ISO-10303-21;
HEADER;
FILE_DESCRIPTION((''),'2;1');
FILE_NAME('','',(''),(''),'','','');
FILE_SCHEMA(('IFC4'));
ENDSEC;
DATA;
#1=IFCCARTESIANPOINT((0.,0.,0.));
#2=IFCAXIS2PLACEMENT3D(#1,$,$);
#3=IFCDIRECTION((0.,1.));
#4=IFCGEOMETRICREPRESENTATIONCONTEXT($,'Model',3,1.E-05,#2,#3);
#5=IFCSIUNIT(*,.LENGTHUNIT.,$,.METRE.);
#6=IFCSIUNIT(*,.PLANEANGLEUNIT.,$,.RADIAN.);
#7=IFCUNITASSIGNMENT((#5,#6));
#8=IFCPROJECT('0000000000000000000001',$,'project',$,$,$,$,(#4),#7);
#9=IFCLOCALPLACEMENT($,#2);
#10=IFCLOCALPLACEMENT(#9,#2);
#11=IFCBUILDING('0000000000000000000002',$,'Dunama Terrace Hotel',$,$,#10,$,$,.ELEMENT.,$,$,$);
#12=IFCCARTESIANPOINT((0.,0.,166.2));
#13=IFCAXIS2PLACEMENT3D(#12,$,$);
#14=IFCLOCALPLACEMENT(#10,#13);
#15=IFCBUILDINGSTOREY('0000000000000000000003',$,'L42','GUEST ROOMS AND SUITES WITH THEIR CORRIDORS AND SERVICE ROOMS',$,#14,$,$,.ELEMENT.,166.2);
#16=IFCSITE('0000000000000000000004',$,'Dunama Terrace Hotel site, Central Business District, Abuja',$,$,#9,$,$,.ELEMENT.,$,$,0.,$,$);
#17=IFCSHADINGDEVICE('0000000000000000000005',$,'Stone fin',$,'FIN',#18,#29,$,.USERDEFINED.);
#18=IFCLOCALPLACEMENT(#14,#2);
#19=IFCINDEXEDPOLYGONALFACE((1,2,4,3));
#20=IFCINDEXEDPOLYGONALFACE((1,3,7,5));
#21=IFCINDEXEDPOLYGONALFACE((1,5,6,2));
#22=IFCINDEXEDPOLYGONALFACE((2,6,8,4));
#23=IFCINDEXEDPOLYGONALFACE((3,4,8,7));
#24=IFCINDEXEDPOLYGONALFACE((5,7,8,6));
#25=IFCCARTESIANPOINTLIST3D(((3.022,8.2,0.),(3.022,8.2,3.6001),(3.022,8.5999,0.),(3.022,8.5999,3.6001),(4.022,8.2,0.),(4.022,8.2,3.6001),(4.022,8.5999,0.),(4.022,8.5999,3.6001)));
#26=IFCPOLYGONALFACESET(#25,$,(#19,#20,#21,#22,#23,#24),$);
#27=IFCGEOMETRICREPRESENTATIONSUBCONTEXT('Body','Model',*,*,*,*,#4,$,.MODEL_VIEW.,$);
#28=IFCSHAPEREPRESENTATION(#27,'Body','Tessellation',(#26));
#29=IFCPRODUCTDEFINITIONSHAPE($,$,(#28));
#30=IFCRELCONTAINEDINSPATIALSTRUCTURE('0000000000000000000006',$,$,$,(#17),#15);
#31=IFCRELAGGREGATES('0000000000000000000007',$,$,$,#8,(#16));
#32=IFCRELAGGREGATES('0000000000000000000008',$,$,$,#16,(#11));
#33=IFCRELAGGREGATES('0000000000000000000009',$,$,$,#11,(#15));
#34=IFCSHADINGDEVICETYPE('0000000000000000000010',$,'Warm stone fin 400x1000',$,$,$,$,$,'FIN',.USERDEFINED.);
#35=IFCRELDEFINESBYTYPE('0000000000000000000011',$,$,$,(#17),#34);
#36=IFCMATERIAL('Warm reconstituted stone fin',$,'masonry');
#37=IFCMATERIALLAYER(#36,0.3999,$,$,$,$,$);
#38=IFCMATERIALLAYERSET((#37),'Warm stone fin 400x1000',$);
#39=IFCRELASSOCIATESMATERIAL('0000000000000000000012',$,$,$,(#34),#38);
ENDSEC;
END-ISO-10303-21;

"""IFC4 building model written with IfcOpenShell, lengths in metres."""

from ifc_helpers import new_model, si_unit, direction, frame, origin, origin_2d, place, context, subcontext, project, spatial, rectangle, extrude, material, layer, layer_set, type_object, element, save


model = new_model("IFC4")

# Units and contexts
model_context = context("Model", 3, precision=1e-05, world=origin(), true_north=direction((0.0, 1.0)))
body_context = subcontext(model_context, "Body", "Model", "MODEL_VIEW")
ifc_project = project(units=[si_unit("LENGTHUNIT", "METRE"), si_unit("PLANEANGLEUNIT", "RADIAN")], contexts=[model_context])

# Site, building, storey
site_placement = place(None, origin())
site = spatial("IfcSite", under=ifc_project, at=site_placement, Name="Dunama Terrace Hotel site, Central Business District, Abuja", CompositionType="ELEMENT", RefElevation=0.0)
building_placement = place(site_placement, origin())
building = spatial("IfcBuilding", under=site, at=building_placement, Name="Dunama Terrace Hotel", CompositionType="ELEMENT")
storey_placement = place(building_placement, frame((0.0, 0.0, 166.2)))
storey = spatial("IfcBuildingStorey", under=building, at=storey_placement, Name="L42", Description="GUEST ROOMS AND SUITES WITH THEIR CORRIDORS AND SERVICE ROOMS", CompositionType="ELEMENT", Elevation=166.2)

# Shading device
ifc_material_1 = material(Name="Warm reconstituted stone fin", Category="masonry")
ifc_layer_1 = layer(ifc_material_1, 0.3999)
ifc_layer_set_1 = layer_set([ifc_layer_1], Name="Warm stone fin 400x1000")
shading_device_type = type_object("IfcShadingDeviceType", Name="Warm stone fin 400x1000", ElementType="FIN", PredefinedType="USERDEFINED", material=ifc_layer_set_1)
for number, where, z_axis, x_axis, name in (
    (1, (3.522, 8.3999, 0.0), (0.0, 0.0, 1.0), (0.0, -1.0, 0.0), "Stone fin"),
):
    element("IfcShadingDevice", number, at=place(storey_placement, frame(where, z_axis=z_axis, x_axis=x_axis)), inside=storey, type_object=shading_device_type, Name=name, ObjectType="FIN", PredefinedType="USERDEFINED", context=body_context, shape_type="SweptSolid", body=[
        extrude(rectangle(XDim=0.3999, YDim=1.0, at=origin_2d()), origin(), (0.0, 0.0, 1.0), 3.6001),
    ])

save(model, "model.ifc")
